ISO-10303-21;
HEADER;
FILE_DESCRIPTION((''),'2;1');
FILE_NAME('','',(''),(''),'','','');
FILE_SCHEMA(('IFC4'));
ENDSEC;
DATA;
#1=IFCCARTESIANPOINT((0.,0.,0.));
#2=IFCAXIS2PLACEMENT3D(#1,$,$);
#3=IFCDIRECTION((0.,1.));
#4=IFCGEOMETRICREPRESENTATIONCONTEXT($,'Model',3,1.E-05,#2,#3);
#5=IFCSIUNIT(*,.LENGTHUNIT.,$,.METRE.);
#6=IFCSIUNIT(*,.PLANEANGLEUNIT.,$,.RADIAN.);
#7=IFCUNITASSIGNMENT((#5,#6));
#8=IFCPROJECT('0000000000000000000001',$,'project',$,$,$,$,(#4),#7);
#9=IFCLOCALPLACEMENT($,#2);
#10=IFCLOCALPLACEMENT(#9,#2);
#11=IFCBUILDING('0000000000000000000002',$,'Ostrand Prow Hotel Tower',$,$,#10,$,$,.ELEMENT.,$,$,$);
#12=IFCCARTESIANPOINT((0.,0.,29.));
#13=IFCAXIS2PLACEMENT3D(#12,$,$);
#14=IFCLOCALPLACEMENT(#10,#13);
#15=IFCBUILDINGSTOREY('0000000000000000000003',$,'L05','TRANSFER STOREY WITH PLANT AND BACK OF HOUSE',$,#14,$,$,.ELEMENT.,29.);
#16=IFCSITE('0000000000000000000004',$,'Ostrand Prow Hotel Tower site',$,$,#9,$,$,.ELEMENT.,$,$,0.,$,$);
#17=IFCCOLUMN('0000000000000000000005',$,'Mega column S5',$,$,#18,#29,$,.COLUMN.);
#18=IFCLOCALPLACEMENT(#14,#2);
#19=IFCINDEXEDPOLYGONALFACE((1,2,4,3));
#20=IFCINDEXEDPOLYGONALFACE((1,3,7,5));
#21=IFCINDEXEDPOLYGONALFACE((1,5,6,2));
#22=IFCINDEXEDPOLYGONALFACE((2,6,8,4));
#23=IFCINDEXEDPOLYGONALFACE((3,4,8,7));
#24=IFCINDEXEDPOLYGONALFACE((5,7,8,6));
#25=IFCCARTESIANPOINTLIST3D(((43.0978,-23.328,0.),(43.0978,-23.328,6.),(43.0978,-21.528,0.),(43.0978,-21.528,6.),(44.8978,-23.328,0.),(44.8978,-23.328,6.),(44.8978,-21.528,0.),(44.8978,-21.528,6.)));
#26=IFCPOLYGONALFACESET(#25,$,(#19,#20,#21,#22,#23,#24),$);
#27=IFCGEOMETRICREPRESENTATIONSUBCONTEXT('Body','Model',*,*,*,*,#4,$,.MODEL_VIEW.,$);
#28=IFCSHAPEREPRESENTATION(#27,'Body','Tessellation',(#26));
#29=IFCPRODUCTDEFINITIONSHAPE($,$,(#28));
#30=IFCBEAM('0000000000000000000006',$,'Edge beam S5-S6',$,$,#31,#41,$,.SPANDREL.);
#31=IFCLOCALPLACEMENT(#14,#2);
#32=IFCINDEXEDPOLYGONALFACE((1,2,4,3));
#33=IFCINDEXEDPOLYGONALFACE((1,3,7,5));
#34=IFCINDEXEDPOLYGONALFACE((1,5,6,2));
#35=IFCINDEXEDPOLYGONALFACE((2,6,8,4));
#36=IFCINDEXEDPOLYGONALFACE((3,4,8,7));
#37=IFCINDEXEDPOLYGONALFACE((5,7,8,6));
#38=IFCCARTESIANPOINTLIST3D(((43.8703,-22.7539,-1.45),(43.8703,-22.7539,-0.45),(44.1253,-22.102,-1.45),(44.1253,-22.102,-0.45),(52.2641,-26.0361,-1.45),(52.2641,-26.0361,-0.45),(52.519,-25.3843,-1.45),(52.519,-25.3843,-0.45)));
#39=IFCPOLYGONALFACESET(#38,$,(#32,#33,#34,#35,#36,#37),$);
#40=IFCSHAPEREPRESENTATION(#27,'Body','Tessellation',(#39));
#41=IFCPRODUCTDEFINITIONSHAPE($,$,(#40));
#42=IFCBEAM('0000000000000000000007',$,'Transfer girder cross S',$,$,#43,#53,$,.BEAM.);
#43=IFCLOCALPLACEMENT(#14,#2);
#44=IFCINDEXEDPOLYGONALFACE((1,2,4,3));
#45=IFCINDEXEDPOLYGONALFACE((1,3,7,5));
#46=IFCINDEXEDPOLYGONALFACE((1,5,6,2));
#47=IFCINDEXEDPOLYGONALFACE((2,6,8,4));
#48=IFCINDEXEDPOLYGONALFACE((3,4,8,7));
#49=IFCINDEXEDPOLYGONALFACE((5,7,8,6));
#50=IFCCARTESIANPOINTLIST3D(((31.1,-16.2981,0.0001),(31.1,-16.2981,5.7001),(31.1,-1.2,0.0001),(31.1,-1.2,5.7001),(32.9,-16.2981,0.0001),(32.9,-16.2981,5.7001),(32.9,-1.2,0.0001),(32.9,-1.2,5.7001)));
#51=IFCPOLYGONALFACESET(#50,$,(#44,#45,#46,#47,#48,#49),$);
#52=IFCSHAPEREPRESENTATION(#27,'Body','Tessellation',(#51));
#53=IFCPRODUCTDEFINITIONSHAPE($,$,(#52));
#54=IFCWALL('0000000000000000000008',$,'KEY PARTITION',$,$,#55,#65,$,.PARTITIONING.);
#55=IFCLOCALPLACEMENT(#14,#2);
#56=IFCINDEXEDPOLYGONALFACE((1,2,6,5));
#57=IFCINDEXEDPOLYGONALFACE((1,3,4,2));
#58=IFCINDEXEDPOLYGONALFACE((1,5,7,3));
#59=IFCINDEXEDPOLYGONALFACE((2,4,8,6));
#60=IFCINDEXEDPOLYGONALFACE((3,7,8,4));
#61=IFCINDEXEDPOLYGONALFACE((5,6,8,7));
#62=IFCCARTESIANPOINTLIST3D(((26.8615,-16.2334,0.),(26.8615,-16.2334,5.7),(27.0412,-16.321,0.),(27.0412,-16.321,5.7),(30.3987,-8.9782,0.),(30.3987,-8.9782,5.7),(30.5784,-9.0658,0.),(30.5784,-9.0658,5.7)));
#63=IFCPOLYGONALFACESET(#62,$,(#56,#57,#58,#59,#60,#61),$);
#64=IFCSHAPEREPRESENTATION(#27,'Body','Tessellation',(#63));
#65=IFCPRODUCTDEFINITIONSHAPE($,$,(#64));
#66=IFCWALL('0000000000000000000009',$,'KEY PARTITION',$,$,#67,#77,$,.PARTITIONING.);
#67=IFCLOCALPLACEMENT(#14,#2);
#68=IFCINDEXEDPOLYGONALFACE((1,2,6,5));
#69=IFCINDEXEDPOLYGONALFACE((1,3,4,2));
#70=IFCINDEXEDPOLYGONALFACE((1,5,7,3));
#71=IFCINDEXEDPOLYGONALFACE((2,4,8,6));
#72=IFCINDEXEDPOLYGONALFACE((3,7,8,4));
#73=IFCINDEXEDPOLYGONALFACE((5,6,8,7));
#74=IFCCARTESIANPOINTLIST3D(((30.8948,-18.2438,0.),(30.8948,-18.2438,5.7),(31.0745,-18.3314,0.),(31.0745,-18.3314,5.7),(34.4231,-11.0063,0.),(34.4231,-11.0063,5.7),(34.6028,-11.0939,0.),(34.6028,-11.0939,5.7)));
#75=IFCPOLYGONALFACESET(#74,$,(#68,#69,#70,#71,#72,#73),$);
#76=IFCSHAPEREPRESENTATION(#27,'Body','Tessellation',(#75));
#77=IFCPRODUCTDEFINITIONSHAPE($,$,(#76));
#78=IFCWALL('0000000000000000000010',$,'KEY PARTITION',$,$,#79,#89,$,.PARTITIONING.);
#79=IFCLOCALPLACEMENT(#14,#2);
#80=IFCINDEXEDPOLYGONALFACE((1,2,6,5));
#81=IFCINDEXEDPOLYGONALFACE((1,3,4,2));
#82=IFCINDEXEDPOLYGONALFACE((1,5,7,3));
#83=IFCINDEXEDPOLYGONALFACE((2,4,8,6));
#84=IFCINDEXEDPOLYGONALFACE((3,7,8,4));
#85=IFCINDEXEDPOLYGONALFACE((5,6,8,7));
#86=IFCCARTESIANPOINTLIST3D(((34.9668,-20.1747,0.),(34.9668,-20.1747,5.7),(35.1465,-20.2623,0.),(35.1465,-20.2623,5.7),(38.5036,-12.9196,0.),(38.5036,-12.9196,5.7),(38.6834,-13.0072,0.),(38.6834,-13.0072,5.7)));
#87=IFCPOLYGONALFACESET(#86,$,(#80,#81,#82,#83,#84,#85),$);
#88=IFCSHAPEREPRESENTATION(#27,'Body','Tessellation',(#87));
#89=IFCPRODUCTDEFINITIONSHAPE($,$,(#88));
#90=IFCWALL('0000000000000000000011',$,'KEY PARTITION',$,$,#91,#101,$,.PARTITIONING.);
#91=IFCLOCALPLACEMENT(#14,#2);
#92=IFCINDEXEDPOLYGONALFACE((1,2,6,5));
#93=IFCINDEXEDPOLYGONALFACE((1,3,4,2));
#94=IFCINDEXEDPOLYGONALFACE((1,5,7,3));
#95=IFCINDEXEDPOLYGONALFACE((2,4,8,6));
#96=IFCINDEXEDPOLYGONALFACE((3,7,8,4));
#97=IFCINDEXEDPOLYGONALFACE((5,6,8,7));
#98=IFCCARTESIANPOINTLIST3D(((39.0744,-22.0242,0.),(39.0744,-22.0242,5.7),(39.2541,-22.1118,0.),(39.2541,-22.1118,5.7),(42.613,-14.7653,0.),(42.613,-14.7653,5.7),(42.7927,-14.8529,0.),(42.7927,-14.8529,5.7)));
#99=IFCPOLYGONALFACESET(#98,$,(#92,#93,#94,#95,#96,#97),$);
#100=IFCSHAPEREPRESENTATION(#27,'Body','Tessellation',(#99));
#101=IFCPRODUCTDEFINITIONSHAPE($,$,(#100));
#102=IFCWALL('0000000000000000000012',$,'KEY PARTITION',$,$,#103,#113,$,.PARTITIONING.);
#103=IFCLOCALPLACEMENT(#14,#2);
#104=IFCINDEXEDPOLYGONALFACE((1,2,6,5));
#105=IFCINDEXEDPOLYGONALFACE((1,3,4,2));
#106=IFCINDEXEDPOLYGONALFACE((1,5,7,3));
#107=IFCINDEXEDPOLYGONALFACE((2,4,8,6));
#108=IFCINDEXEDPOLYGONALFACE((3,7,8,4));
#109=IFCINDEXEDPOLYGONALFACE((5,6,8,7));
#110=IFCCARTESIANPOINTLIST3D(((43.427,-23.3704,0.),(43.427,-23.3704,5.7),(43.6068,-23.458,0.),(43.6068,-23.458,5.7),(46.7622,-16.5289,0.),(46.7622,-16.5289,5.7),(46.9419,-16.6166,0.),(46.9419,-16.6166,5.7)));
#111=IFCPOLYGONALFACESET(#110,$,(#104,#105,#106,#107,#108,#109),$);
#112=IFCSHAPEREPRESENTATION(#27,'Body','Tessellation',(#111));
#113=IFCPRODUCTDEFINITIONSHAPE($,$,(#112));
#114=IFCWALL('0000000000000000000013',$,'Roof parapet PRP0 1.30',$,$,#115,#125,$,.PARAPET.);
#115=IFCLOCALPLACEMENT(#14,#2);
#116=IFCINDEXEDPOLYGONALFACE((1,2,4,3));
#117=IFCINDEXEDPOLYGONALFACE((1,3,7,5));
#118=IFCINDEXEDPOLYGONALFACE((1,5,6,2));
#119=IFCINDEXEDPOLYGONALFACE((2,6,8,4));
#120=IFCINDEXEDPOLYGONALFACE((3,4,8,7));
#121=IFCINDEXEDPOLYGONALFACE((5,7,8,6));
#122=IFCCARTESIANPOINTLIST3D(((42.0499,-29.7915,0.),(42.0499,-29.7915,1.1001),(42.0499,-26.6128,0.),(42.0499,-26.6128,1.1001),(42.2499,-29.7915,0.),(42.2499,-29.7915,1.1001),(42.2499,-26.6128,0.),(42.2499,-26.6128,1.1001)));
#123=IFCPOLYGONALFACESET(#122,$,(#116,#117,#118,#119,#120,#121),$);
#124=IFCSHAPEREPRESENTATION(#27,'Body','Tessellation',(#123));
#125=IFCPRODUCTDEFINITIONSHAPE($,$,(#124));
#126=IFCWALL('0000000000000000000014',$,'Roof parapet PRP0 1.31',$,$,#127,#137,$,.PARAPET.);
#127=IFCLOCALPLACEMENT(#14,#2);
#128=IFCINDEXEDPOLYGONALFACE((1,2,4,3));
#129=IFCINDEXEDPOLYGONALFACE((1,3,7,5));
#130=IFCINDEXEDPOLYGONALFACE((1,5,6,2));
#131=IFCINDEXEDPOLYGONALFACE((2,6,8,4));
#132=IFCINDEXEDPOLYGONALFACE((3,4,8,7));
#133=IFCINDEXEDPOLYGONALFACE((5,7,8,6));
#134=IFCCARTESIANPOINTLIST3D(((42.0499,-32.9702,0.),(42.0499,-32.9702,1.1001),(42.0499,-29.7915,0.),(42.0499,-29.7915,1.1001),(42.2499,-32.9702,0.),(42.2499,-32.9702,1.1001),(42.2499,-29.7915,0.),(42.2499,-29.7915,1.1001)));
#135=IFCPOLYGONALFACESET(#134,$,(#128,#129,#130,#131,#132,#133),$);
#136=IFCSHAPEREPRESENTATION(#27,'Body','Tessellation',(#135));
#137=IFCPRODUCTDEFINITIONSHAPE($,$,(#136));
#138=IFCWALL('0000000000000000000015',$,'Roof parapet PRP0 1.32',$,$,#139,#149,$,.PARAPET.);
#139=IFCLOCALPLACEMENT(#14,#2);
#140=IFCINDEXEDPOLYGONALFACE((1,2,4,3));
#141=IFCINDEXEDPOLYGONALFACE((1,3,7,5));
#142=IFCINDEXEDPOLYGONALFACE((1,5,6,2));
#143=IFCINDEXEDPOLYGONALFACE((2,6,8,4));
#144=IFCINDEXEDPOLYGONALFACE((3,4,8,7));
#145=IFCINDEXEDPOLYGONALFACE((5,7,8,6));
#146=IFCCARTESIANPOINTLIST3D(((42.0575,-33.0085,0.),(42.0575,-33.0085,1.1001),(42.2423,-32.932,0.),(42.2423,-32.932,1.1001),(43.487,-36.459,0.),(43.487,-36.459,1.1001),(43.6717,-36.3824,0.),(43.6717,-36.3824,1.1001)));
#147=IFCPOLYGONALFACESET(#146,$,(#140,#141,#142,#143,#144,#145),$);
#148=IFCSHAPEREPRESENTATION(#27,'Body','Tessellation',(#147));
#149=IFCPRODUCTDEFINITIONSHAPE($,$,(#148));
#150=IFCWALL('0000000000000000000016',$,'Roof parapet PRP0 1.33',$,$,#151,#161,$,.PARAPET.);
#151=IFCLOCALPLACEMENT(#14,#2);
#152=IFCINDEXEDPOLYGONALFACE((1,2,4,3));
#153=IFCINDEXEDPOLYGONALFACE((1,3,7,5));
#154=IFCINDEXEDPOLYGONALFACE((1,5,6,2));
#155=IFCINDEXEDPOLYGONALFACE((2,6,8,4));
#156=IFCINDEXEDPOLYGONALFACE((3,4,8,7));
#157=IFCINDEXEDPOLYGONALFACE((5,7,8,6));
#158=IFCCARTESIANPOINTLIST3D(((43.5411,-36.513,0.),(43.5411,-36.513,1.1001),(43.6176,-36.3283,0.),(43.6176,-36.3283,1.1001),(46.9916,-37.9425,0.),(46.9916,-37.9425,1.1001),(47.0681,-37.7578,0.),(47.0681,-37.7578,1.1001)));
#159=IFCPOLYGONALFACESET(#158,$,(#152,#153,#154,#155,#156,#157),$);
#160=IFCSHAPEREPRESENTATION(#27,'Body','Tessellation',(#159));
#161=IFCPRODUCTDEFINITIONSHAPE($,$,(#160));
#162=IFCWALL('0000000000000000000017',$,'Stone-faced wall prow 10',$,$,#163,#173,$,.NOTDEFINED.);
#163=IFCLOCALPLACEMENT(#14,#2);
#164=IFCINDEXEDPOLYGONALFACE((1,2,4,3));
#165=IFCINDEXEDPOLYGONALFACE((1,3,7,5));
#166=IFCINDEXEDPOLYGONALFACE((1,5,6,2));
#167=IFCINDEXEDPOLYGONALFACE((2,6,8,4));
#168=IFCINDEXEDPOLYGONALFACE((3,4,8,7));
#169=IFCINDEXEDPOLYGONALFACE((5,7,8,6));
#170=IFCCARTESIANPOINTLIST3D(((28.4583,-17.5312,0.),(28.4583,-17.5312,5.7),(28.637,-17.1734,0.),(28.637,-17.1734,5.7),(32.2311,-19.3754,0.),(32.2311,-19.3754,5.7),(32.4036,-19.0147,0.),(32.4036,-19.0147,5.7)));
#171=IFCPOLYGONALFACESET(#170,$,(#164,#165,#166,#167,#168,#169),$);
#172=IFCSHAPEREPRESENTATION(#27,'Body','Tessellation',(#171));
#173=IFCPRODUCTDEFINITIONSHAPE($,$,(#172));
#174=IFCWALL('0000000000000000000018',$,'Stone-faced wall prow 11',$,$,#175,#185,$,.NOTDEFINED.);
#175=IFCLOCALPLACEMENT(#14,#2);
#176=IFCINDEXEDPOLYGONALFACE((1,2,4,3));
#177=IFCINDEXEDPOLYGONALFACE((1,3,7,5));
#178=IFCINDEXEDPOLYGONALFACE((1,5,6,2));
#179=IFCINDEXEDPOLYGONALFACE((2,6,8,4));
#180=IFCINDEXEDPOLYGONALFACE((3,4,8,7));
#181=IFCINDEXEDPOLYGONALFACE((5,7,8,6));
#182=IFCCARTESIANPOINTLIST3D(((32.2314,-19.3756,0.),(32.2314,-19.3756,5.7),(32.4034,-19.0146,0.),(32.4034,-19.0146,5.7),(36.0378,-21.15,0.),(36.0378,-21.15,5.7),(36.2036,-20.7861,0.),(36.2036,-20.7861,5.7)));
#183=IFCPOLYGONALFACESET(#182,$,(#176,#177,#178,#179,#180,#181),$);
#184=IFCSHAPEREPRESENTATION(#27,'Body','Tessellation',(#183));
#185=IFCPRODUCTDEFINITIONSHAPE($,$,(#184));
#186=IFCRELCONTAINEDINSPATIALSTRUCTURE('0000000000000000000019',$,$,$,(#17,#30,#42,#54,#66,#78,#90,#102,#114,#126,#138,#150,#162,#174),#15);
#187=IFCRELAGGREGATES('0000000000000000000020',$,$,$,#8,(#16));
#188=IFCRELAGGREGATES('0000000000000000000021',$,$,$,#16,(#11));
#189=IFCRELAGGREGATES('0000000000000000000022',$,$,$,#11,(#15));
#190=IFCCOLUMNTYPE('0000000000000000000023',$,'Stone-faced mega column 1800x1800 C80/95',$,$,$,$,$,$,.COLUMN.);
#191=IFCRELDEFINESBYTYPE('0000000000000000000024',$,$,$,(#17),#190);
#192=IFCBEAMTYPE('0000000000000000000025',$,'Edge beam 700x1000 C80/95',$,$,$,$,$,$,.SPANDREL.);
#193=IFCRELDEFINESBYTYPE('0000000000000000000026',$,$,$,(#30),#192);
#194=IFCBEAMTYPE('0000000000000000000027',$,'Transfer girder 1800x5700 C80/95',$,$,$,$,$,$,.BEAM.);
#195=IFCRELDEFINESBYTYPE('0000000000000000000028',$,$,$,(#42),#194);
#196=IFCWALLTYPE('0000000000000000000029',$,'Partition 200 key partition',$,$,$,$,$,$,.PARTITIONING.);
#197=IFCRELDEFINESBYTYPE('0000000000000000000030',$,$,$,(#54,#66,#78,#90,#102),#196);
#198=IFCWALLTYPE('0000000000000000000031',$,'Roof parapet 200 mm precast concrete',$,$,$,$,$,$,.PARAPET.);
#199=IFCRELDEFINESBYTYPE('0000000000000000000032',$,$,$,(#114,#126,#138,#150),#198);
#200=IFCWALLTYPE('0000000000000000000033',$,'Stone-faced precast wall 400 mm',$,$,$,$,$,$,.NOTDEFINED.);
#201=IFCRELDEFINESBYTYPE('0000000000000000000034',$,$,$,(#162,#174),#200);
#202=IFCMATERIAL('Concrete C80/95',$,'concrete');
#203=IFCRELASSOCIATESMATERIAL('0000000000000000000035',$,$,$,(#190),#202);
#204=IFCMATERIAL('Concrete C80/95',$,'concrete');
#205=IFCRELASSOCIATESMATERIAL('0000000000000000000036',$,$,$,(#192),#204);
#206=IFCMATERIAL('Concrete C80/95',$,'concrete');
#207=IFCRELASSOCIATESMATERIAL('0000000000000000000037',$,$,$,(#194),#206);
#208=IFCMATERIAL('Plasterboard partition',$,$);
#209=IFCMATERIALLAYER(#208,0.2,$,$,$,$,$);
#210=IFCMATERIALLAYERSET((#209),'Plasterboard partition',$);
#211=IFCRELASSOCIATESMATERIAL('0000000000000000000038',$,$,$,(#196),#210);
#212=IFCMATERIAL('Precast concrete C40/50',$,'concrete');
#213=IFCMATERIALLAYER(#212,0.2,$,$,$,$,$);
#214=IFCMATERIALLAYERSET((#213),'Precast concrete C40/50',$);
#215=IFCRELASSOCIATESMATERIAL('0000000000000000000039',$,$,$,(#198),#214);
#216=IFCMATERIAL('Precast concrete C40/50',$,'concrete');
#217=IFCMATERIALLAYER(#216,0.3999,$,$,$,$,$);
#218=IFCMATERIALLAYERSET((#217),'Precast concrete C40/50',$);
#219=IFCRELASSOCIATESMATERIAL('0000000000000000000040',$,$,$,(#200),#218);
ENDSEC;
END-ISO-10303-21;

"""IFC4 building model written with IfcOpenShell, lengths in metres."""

from ifc_helpers import new_model, si_unit, direction, frame, frame_2d, origin, origin_2d, place, context, subcontext, project, spatial, polyline, rectangle, outline, extrude, material, layer, layer_set, material_profile, profile_set, type_object, element, save


model = new_model("IFC4")

# Units and contexts
model_context = context("Model", 3, precision=1e-05, world=origin(), true_north=direction((0.0, 1.0)))
body_context = subcontext(model_context, "Body", "Model", "MODEL_VIEW")
ifc_project = project(units=[si_unit("LENGTHUNIT", "METRE"), si_unit("PLANEANGLEUNIT", "RADIAN")], contexts=[model_context])

# Site, building, storey
site_placement = place(None, origin())
site = spatial("IfcSite", under=ifc_project, at=site_placement, Name="Ostrand Prow Hotel Tower site", CompositionType="ELEMENT", RefElevation=0.0)
building_placement = place(site_placement, origin())
building = spatial("IfcBuilding", under=site, at=building_placement, Name="Ostrand Prow Hotel Tower", CompositionType="ELEMENT")
storey_placement = place(building_placement, frame((0.0, 0.0, 29.0)))
storey = spatial("IfcBuildingStorey", under=building, at=storey_placement, Name="L05", Description="TRANSFER STOREY WITH PLANT AND BACK OF HOUSE", CompositionType="ELEMENT", Elevation=29.0)

# Column
ifc_material_1 = material(Name="Concrete C80/95", Category="concrete")
ifc_material_profile_1 = material_profile(ifc_material_1, rectangle(XDim=1.8, YDim=1.8, at=origin_2d()), Name="RC 1800x1800")
ifc_profile_set_1 = profile_set([ifc_material_profile_1], Name="Concrete C80/95")
column_type = type_object("IfcColumnType", Name="Stone-faced mega column 1800x1800 C80/95", PredefinedType="COLUMN", material=ifc_profile_set_1)
column_placement = place(storey_placement, frame((43.9978, -22.428, 0.0), z_axis=(0.0, 0.0, 1.0), x_axis=(1.0, 0.0, 0.0)))
element("IfcColumn", 1, at=column_placement, inside=storey, type_object=column_type, Name="Mega column S5", PredefinedType="COLUMN", context=body_context, shape_type="SweptSolid", body=[
    extrude(rectangle(XDim=1.8, YDim=1.8, at=origin_2d()), origin(), (0.0, 0.0, 1.0), 6.0),
])

# Beams
ifc_material_2 = material(Name="Concrete C80/95", Category="concrete")
ifc_material_profile_2 = material_profile(ifc_material_2, rectangle(XDim=0.7, YDim=1.0, at=origin_2d()), Name="RC 700x1000")
ifc_profile_set_2 = profile_set([ifc_material_profile_2], Name="Concrete C80/95")
beam_type_1 = type_object("IfcBeamType", Name="Edge beam 700x1000 C80/95", PredefinedType="SPANDREL", material=ifc_profile_set_2)
beam_1_placement = place(storey_placement, frame((43.9978, -22.428, -0.95), z_axis=(0.931329, -0.364178, 0.0), x_axis=(0.364178, 0.931329, 0.0)))
element("IfcBeam", 2, at=beam_1_placement, inside=storey, type_object=beam_type_1, Name="Edge beam S5-S6", PredefinedType="SPANDREL", context=body_context, shape_type="SweptSolid", body=[
    extrude(rectangle(XDim=0.7, YDim=1.0, at=origin_2d()), origin(), (0.0, 0.0, 1.0), 9.0127),
])
ifc_material_3 = material(Name="Concrete C80/95", Category="concrete")
ifc_material_profile_3 = material_profile(ifc_material_3, rectangle(XDim=1.8, YDim=5.7, at=origin_2d()), Name="RC 1800x5700")
ifc_profile_set_3 = profile_set([ifc_material_profile_3], Name="Concrete C80/95")
beam_type_2 = type_object("IfcBeamType", Name="Transfer girder 1800x5700 C80/95", PredefinedType="BEAM", material=ifc_profile_set_3)
beam_2_placement = place(storey_placement, frame((32.0, -16.2981, 2.8501), z_axis=(0.0, 1.0, 0.0), x_axis=(-1.0, 0.0, 0.0)))
element("IfcBeam", 3, at=beam_2_placement, inside=storey, type_object=beam_type_2, Name="Transfer girder cross S", PredefinedType="BEAM", context=body_context, shape_type="SweptSolid", body=[
    extrude(rectangle(XDim=1.8, YDim=5.7, at=origin_2d()), origin(), (0.0, 0.0, 1.0), 15.0981),
])

# Walls
ifc_material_4 = material(Name="Plasterboard partition")
ifc_layer_1 = layer(ifc_material_4, 0.2)
ifc_layer_set_1 = layer_set([ifc_layer_1], Name="Plasterboard partition")
wall_type_1 = type_object("IfcWallType", Name="Partition 200 key partition", PredefinedType="PARTITIONING", material=ifc_layer_set_1)
wall_1_placement = place(storey_placement, frame((26.9514, -16.2771, 0.0), z_axis=(0.0, 0.0, 1.0), x_axis=(0.438226, 0.898865, 0.0)))
element("IfcWall", 4, at=wall_1_placement, inside=storey, type_object=wall_type_1, Name="KEY PARTITION", PredefinedType="PARTITIONING", context=body_context, shape_type="SweptSolid", body=[
    extrude(rectangle(XDim=8.0715, YDim=0.2, at=frame_2d((4.0356, 0.0))), origin(), (0.0, 0.0, 1.0), 5.7),
])
wall_2_placement = place(storey_placement, frame((30.9846, -18.2876, 0.0), z_axis=(0.0, 0.0, 1.0), x_axis=(0.438204, 0.898876, 0.0)))
element("IfcWall", 5, at=wall_2_placement, inside=storey, type_object=wall_type_1, Name="KEY PARTITION", PredefinedType="PARTITIONING", context=body_context, shape_type="SweptSolid", body=[
    extrude(rectangle(XDim=8.0518, YDim=0.2, at=frame_2d((4.0259, 0.0))), origin(), (0.0, 0.0, 1.0), 5.7),
])
wall_3_placement = place(storey_placement, frame((35.0566, -20.2185, 0.0), z_axis=(0.0, 0.0, 1.0), x_axis=(0.438201, 0.898877, 0.0)))
element("IfcWall", 6, at=wall_3_placement, inside=storey, type_object=wall_type_1, Name="KEY PARTITION", PredefinedType="PARTITIONING", context=body_context, shape_type="SweptSolid", body=[
    extrude(rectangle(XDim=8.0713, YDim=0.2, at=frame_2d((4.0356, 0.0))), origin(), (0.0, 0.0, 1.0), 5.7),
])
wall_4_placement = place(storey_placement, frame((39.1643, -22.0679, 0.0), z_axis=(0.0, 0.0, 1.0), x_axis=(0.438194, 0.898881, 0.0)))
element("IfcWall", 7, at=wall_4_placement, inside=storey, type_object=wall_type_1, Name="KEY PARTITION", PredefinedType="PARTITIONING", context=body_context, shape_type="SweptSolid", body=[
    extrude(rectangle(XDim=8.0754, YDim=0.2, at=frame_2d((4.0376, 0.0))), origin(), (0.0, 0.0, 1.0), 5.7),
])
wall_5_placement = place(storey_placement, frame((43.5168, -23.4143, 0.0), z_axis=(0.0, 0.0, 1.0), x_axis=(0.438197, 0.898879, 0.0)))
element("IfcWall", 8, at=wall_5_placement, inside=storey, type_object=wall_type_1, Name="KEY PARTITION", PredefinedType="PARTITIONING", context=body_context, shape_type="SweptSolid", body=[
    extrude(rectangle(XDim=7.6111, YDim=0.2, at=frame_2d((3.8057, 0.0))), origin(), (0.0, 0.0, 1.0), 5.7),
])
ifc_material_5 = material(Name="Precast concrete C40/50", Category="concrete")
ifc_layer_2 = layer(ifc_material_5, 0.2)
ifc_layer_set_2 = layer_set([ifc_layer_2], Name="Precast concrete C40/50")
wall_type_2 = type_object("IfcWallType", Name="Roof parapet 200 mm precast concrete", PredefinedType="PARAPET", material=ifc_layer_set_2)
for number, where, z_axis, x_axis, name in (
    (9, (42.1499, -26.6128, 0.0), (0.0, 0.0, 1.0), (0.0, -1.0, 0.0), "Roof parapet PRP0 1.30"),
    (10, (42.1499, -29.7915, 0.0), (0.0, 0.0, 1.0), (0.0, -1.0, 0.0), "Roof parapet PRP0 1.31"),
):
    element("IfcWall", number, at=place(storey_placement, frame(where, z_axis=z_axis, x_axis=x_axis)), inside=storey, type_object=wall_type_2, Name=name, PredefinedType="PARAPET", context=body_context, shape_type="SweptSolid", body=[
        extrude(rectangle(XDim=3.1787, YDim=0.2, at=frame_2d((1.5894, 0.0))), origin(), (0.0, 0.0, 1.0), 1.1001),
    ])
for number, where, z_axis, x_axis, name in (
    (11, (42.1499, -32.9702, 0.0), (0.0, 0.0, 1.0), (0.382735, -0.923858, 0.0), "Roof parapet PRP0 1.32"),
    (12, (43.5793, -36.4207, 0.0), (0.0, 0.0, 1.0), (0.923858, -0.382735, 0.0), "Roof parapet PRP0 1.33"),
):
    element("IfcWall", number, at=place(storey_placement, frame(where, z_axis=z_axis, x_axis=x_axis)), inside=storey, type_object=wall_type_2, Name=name, PredefinedType="PARAPET", context=body_context, shape_type="SweptSolid", body=[
        extrude(rectangle(XDim=3.7349, YDim=0.2, at=frame_2d((1.8674, 0.0))), origin(), (0.0, 0.0, 1.0), 1.1001),
    ])
ifc_material_6 = material(Name="Precast concrete C40/50", Category="concrete")
ifc_layer_3 = layer(ifc_material_6, 0.3999)
ifc_layer_set_3 = layer_set([ifc_layer_3], Name="Precast concrete C40/50")
wall_type_3 = type_object("IfcWallType", Name="Stone-faced precast wall 400 mm", PredefinedType="NOTDEFINED", material=ifc_layer_set_3)
wall_6_placement = place(storey_placement, frame((28.5476, -17.3523, 0.0), z_axis=(0.0, 0.0, 1.0), x_axis=(0.898406, -0.439166, 0.0)))
element("IfcWall", 13, at=wall_6_placement, inside=storey, type_object=wall_type_3, Name="Stone-faced wall prow 10", PredefinedType="NOTDEFINED", context=body_context, shape_type="SweptSolid", body=[
    extrude(outline(polyline([(-0.0017, -0.2), (4.1978, -0.2), (4.1943, 0.2), (0.0017, 0.2), (-0.0017, -0.2)])), origin(), (0.0, 0.0, 1.0), 5.7),
])
for number, where, z_axis, x_axis, name in (
    (14, (32.3174, -19.1951, 0.0), (0.0, 0.0, 1.0), (0.906355, -0.422516, 0.0), "Stone-faced wall prow 11"),
):
    element("IfcWall", number, at=place(storey_placement, frame(where, z_axis=z_axis, x_axis=x_axis)), inside=storey, type_object=wall_type_3, Name=name, PredefinedType="NOTDEFINED", context=body_context, shape_type="SweptSolid", body=[
        extrude(outline(polyline([(-0.0017, -0.2), (4.198, -0.2), (4.1946, 0.2), (0.0017, 0.2), (-0.0017, -0.2)])), origin(), (0.0, 0.0, 1.0), 5.7),
    ])

save(model, "model.ifc")
